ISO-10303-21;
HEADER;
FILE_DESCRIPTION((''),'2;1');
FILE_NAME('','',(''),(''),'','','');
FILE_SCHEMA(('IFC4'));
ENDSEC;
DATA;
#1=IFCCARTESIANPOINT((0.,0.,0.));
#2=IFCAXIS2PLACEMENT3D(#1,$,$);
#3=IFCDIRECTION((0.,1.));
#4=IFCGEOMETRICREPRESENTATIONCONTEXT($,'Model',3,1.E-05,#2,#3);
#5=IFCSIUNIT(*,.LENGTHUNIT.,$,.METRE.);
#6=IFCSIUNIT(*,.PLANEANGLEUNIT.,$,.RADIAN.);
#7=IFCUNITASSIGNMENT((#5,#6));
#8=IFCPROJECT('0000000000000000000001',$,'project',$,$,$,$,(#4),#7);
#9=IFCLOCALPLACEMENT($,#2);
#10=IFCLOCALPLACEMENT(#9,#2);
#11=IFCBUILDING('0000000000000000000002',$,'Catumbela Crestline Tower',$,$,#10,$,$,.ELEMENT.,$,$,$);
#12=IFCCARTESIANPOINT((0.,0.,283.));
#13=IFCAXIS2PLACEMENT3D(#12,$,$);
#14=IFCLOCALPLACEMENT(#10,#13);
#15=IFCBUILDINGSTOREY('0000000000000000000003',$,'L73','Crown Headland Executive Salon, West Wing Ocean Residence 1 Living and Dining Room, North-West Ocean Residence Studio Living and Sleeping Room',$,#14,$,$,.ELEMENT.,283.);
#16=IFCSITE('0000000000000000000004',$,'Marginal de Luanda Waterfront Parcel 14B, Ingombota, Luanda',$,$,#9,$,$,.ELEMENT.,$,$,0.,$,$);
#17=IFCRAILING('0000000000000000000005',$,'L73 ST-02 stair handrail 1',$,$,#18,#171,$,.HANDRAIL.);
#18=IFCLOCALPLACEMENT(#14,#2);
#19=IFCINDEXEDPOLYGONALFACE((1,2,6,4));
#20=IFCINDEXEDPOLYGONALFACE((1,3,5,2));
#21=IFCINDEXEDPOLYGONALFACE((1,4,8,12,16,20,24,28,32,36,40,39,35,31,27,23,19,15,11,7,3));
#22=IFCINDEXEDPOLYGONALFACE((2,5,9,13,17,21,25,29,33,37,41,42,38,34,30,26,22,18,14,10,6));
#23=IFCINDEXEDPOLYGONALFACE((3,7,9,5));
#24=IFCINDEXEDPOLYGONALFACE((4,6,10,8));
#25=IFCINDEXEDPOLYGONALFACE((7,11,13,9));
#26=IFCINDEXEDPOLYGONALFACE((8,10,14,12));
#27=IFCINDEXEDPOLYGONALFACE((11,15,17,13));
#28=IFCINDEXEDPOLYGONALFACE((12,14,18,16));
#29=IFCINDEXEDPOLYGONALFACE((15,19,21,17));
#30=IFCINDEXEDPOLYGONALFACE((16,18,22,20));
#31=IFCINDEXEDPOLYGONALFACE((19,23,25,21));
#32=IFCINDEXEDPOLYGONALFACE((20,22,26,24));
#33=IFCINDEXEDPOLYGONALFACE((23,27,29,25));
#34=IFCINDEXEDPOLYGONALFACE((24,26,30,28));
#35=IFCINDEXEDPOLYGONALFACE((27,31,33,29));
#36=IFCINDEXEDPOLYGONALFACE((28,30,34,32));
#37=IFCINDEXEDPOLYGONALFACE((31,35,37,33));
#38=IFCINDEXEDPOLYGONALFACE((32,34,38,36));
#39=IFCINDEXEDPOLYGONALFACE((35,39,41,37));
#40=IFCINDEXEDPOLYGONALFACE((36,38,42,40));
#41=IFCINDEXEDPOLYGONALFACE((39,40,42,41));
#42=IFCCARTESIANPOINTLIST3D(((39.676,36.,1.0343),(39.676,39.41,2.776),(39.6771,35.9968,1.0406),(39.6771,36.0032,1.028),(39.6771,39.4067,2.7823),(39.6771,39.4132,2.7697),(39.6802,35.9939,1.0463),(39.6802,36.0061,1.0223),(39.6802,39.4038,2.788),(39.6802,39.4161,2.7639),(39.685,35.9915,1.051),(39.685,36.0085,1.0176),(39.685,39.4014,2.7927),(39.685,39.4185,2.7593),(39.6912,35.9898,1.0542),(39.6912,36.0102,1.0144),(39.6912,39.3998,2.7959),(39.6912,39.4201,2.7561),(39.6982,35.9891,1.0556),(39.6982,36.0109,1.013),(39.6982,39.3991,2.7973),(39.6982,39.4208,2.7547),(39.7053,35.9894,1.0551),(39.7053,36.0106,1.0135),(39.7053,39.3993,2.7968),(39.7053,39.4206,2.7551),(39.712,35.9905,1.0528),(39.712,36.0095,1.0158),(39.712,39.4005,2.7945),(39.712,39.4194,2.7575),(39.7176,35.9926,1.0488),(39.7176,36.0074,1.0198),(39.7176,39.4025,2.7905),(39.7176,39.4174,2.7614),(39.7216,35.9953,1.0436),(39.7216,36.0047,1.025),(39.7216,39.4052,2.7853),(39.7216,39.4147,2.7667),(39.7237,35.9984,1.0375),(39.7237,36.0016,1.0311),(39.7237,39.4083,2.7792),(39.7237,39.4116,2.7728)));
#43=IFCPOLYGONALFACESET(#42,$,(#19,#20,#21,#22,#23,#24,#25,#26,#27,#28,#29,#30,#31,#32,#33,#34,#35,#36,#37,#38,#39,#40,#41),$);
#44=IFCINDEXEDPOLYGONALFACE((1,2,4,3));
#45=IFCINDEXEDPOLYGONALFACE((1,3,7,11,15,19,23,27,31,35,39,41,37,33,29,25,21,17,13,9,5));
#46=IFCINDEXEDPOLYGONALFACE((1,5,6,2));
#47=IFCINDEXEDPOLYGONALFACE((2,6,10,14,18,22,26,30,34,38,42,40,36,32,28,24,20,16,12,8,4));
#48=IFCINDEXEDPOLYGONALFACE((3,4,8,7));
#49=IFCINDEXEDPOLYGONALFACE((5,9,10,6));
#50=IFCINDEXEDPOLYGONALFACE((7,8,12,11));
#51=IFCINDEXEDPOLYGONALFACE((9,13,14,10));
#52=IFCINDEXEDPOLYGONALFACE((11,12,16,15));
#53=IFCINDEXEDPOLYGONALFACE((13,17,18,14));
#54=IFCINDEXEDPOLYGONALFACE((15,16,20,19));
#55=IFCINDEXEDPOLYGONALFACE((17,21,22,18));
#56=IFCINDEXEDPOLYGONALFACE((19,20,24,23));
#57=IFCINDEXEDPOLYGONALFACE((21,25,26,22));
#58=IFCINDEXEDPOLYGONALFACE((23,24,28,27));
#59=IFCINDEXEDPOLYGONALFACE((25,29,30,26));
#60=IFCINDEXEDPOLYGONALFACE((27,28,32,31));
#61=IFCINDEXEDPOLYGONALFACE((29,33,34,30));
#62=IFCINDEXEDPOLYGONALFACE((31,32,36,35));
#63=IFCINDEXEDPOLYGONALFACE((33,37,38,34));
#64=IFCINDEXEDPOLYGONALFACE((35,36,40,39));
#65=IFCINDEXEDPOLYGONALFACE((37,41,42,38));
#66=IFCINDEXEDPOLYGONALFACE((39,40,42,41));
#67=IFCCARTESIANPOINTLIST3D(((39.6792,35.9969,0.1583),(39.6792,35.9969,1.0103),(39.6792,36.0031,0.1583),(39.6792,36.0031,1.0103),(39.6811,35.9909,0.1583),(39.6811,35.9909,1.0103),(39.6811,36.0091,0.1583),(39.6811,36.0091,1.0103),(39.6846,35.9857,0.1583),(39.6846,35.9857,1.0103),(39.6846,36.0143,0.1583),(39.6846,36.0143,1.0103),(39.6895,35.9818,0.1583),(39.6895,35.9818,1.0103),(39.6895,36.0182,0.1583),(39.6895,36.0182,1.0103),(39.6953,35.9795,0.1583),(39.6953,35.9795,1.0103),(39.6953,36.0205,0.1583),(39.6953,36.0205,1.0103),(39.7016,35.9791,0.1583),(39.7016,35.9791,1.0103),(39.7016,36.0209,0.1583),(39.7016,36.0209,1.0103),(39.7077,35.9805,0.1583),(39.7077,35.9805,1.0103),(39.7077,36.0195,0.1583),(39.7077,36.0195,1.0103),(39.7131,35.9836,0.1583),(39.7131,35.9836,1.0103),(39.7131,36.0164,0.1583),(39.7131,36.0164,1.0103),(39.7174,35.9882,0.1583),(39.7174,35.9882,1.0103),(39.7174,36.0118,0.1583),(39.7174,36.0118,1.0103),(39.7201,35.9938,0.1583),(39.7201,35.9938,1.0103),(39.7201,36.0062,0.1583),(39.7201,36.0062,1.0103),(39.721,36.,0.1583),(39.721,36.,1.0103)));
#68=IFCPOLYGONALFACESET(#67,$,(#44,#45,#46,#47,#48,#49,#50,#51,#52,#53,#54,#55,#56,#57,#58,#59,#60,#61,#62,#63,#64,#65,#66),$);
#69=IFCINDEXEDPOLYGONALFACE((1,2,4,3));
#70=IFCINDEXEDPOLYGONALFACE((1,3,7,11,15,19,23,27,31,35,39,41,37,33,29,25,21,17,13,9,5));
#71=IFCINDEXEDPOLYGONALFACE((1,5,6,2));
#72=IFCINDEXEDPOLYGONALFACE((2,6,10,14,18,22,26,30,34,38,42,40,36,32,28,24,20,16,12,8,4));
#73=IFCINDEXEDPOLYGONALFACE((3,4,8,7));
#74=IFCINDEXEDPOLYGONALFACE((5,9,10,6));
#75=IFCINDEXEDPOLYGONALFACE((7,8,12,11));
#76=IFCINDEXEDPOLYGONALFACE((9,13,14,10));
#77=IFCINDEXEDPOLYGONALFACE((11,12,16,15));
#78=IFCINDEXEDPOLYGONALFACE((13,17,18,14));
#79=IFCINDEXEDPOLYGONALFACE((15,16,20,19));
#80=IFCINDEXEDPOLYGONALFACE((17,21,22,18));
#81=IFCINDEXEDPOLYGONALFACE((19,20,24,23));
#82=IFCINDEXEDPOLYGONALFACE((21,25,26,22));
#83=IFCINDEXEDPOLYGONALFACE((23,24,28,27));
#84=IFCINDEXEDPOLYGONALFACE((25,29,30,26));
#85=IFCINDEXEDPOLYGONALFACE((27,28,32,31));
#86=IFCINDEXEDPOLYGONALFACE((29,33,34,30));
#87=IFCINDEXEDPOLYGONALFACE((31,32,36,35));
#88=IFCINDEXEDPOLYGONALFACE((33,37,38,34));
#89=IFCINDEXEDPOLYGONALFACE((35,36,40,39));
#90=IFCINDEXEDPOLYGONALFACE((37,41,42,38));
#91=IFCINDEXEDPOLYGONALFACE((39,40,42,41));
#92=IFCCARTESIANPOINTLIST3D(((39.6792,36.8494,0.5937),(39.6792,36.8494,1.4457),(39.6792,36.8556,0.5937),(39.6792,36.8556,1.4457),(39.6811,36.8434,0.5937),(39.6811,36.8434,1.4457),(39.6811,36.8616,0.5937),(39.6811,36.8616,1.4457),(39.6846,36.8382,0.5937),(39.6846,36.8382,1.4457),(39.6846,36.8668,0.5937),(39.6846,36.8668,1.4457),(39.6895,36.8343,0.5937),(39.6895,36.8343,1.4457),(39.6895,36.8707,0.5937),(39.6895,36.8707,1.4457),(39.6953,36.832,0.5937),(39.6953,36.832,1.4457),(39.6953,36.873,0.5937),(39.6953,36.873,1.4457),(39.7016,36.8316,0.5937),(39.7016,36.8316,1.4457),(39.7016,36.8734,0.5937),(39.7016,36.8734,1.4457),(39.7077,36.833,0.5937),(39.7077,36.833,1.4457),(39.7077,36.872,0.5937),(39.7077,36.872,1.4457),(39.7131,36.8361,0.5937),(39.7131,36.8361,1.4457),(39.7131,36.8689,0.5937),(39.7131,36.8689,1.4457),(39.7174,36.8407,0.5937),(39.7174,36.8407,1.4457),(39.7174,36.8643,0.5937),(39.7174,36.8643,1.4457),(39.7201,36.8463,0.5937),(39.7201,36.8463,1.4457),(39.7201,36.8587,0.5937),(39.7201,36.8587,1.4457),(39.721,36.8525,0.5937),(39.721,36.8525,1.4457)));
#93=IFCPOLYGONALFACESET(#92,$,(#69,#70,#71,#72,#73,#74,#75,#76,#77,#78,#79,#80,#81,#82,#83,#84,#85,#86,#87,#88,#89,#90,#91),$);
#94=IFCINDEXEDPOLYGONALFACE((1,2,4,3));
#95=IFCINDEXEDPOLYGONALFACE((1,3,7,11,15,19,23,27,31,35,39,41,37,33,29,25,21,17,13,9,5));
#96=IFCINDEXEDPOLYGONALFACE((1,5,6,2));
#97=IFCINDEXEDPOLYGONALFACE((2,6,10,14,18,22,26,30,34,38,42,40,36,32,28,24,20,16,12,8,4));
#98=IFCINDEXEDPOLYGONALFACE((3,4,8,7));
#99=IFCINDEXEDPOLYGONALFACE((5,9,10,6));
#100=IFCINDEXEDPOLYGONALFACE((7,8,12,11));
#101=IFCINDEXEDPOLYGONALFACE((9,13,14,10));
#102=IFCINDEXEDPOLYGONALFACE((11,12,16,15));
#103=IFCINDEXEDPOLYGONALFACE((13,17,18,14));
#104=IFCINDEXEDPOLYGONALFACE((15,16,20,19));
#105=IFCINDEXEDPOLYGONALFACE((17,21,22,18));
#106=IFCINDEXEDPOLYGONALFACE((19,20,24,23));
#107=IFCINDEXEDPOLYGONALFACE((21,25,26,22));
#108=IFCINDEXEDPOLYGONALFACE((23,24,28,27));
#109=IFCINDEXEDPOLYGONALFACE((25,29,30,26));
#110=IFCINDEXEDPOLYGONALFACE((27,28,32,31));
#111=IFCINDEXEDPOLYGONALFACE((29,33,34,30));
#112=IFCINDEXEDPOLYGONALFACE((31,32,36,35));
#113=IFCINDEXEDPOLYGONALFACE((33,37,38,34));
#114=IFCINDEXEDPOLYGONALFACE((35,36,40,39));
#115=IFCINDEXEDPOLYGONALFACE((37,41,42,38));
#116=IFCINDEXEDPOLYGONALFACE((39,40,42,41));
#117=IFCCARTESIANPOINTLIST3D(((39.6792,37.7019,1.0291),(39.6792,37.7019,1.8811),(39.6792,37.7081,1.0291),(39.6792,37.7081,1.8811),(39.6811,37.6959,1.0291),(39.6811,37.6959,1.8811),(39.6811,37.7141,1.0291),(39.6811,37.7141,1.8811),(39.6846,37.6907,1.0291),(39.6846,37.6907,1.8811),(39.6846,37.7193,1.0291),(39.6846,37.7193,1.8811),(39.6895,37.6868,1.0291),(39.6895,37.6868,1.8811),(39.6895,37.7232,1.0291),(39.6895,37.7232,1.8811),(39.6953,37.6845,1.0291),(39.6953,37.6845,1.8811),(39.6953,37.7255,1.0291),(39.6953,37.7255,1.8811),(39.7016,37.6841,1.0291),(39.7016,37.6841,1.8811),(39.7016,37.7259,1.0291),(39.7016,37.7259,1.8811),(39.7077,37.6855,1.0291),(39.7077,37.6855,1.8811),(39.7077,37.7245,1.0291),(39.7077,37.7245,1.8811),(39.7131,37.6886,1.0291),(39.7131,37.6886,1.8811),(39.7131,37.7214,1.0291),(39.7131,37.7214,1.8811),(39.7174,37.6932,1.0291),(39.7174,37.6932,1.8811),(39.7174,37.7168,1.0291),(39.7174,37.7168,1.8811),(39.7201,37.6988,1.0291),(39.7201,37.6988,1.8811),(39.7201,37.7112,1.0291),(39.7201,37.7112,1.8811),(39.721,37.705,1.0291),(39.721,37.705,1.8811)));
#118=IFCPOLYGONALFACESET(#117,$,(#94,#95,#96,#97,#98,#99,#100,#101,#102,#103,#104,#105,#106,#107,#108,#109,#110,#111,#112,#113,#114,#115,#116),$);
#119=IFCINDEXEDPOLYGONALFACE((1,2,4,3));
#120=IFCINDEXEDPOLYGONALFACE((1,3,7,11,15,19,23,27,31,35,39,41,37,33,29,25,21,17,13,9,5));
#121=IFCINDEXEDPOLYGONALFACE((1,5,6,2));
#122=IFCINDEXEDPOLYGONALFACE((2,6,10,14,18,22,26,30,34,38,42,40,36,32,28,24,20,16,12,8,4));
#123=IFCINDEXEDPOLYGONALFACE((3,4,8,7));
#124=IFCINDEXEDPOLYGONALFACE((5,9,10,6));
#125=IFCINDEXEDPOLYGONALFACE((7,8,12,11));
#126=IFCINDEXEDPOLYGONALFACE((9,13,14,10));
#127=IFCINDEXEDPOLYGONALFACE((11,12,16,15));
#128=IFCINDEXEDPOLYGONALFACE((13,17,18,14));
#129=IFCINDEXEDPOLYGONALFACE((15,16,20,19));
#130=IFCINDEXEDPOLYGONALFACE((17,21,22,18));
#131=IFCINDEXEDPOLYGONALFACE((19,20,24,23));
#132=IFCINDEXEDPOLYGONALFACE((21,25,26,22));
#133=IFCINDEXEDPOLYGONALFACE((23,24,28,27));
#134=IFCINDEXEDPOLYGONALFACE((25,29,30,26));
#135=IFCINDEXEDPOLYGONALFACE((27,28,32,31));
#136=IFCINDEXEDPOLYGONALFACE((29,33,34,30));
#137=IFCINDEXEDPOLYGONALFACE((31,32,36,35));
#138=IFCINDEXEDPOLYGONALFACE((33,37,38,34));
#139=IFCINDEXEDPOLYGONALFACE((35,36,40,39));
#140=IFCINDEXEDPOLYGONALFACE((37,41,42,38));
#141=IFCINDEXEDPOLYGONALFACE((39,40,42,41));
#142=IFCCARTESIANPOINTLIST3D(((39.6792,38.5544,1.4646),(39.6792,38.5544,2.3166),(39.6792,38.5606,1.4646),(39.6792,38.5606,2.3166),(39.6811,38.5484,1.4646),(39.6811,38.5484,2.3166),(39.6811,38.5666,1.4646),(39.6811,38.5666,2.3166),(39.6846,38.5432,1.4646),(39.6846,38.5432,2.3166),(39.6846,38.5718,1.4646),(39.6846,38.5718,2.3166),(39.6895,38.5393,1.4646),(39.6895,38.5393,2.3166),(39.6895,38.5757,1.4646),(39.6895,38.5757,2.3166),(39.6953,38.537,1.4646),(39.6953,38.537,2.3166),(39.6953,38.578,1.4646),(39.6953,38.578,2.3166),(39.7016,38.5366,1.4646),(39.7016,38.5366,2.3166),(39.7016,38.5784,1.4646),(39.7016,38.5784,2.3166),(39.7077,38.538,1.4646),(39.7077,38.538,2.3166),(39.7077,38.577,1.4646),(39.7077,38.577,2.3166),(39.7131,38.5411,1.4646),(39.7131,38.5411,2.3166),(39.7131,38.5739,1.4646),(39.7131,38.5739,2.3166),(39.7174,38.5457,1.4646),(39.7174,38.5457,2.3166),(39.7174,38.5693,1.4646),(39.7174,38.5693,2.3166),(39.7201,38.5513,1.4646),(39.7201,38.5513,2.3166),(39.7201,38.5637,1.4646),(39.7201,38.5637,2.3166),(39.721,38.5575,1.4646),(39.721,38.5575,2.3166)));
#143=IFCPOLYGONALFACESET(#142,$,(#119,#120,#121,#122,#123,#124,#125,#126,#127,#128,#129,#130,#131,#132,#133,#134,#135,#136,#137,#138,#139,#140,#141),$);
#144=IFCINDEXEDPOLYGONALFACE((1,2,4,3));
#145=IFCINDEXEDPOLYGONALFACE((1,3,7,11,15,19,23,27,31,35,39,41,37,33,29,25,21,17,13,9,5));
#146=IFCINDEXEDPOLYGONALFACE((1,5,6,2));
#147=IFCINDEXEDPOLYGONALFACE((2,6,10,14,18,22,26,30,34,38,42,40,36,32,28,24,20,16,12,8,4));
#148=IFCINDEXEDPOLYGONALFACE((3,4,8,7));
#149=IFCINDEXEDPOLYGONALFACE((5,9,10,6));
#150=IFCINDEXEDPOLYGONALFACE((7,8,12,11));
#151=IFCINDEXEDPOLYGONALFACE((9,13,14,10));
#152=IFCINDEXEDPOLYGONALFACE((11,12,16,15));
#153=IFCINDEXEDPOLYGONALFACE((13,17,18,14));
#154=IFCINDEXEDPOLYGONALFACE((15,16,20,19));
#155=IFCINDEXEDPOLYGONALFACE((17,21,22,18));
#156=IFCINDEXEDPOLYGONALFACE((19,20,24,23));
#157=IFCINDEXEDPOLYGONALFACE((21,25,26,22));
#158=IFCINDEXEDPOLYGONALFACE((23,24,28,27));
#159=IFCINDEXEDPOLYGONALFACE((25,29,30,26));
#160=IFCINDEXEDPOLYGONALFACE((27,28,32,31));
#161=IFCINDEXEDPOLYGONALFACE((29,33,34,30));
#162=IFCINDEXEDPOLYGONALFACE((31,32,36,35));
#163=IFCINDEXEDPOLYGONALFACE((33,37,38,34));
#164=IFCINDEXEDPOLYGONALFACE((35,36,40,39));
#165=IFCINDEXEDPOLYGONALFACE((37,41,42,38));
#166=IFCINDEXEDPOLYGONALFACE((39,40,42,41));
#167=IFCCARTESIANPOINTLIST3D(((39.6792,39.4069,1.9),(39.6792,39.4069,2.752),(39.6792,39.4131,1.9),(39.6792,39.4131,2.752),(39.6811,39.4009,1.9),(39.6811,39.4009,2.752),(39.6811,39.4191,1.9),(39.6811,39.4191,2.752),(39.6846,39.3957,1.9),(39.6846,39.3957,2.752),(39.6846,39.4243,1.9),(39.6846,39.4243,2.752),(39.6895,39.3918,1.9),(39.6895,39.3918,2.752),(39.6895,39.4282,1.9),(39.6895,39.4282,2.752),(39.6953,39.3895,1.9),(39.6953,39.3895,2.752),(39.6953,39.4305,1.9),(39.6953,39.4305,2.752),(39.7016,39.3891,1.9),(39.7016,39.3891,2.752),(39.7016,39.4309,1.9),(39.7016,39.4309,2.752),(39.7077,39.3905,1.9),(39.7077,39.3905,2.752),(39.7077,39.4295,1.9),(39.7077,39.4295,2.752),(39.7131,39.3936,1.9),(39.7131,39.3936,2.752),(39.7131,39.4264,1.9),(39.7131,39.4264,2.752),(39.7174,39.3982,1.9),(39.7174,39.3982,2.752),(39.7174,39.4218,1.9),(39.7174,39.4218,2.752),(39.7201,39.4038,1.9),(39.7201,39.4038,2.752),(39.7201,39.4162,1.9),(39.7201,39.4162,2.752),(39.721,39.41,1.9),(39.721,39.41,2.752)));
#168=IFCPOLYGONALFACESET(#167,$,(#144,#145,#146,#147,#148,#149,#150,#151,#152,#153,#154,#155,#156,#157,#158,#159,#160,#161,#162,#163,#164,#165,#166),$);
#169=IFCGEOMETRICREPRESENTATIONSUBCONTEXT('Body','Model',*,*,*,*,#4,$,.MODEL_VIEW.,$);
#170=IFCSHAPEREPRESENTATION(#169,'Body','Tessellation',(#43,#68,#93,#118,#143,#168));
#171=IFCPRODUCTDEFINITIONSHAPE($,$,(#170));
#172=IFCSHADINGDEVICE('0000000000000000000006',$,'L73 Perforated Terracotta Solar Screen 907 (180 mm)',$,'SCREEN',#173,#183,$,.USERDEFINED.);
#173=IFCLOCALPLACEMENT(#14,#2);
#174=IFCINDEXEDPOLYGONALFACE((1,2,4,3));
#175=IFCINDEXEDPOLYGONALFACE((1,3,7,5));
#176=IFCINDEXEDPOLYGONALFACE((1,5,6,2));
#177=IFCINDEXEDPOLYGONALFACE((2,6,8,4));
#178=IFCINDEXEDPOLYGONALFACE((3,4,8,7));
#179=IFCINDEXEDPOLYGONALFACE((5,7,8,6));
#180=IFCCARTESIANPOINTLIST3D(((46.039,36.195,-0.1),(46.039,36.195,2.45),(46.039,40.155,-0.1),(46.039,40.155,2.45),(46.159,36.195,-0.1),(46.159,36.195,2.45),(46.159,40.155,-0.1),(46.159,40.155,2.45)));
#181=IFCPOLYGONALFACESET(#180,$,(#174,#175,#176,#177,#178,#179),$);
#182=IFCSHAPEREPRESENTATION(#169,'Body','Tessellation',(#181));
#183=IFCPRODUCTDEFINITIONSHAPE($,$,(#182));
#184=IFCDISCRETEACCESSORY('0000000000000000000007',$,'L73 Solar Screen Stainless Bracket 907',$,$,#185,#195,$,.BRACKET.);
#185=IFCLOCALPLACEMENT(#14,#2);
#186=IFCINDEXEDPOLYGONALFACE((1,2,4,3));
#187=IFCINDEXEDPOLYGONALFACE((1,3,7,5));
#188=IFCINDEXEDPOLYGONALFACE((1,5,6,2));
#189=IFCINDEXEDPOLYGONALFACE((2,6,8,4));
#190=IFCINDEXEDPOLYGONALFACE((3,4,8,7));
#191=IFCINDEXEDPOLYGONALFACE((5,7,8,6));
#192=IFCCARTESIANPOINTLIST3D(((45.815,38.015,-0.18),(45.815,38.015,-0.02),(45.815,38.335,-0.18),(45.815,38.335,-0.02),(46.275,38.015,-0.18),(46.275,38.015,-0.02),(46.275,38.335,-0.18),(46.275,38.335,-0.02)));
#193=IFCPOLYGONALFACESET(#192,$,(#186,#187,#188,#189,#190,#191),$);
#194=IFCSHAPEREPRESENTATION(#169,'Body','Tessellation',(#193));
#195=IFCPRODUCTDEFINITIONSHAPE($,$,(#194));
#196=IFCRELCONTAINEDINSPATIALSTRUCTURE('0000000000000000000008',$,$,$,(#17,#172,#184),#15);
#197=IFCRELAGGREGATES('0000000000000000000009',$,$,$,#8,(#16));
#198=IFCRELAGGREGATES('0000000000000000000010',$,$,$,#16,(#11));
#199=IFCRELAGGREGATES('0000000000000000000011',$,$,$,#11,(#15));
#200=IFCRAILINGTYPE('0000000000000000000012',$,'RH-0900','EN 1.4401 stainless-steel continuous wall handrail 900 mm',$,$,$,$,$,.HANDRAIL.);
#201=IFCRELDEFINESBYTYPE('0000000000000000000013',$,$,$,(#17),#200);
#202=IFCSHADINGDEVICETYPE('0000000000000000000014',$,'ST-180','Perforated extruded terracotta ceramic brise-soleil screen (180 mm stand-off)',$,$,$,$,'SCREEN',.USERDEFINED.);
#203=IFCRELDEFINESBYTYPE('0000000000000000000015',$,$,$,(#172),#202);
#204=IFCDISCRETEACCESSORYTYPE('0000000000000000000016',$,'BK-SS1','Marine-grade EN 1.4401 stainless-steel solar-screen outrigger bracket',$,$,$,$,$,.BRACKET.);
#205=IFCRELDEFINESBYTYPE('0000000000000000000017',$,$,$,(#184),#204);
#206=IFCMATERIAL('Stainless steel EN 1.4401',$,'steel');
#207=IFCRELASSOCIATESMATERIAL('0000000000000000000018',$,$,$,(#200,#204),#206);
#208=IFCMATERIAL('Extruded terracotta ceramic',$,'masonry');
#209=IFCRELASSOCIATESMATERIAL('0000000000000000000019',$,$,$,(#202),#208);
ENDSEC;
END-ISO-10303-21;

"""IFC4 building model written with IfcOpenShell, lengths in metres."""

from ifc_helpers import new_model, si_unit, direction, frame, origin, origin_2d, place, context, subcontext, project, spatial, rectangle, circle, extrude, material, type_object, element, save


model = new_model("IFC4")

# Units and contexts
model_context = context("Model", 3, precision=1e-05, world=origin(), true_north=direction((0.0, 1.0)))
body_context = subcontext(model_context, "Body", "Model", "MODEL_VIEW")
ifc_project = project(units=[si_unit("LENGTHUNIT", "METRE"), si_unit("PLANEANGLEUNIT", "RADIAN")], contexts=[model_context])

# Site, building, storey
site_placement = place(None, origin())
site = spatial("IfcSite", under=ifc_project, at=site_placement, Name="Marginal de Luanda Waterfront Parcel 14B, Ingombota, Luanda", CompositionType="ELEMENT", RefElevation=0.0)
building_placement = place(site_placement, origin())
building = spatial("IfcBuilding", under=site, at=building_placement, Name="Catumbela Crestline Tower", CompositionType="ELEMENT")
storey_placement = place(building_placement, frame((0.0, 0.0, 283.0)))
storey = spatial("IfcBuildingStorey", under=building, at=storey_placement, Name="L73", Description="Crown Headland Executive Salon, West Wing Ocean Residence 1 Living and Dining Room, North-West Ocean Residence Studio Living and Sleeping Room", CompositionType="ELEMENT", Elevation=283.0)

# Railing
ifc_material_1 = material(Name="Stainless steel EN 1.4401", Category="steel")
railing_type_1 = type_object("IfcRailingType", Name="RH-0900", Description="EN 1.4401 stainless-steel continuous wall handrail 900 mm", PredefinedType="HANDRAIL", material=ifc_material_1)
railing_1_placement = place(storey_placement, frame((39.7, 36.0, 0.1583)))
element("IfcRailing", 1, at=railing_1_placement, inside=storey, type_object=railing_type_1, Name="L73 ST-02 stair handrail 1", PredefinedType="HANDRAIL", context=body_context, shape_type="SweptSolid", body=[
    extrude(circle(Radius=0.024, at=origin_2d()), frame((0.0, 0.0, 0.876), z_axis=(0.0, 0.89056, 0.454865), x_axis=(-1.0, 0.0, 0.0)), (0.0, 0.0, 1.0), 3.829),
    extrude(circle(Radius=0.021, at=origin_2d()), origin(), (0.0, 0.0, 1.0), 0.852),
    extrude(circle(Radius=0.021, at=origin_2d()), frame((0.0, 0.8525, 0.4354)), (0.0, 0.0, 1.0), 0.852),
    extrude(circle(Radius=0.021, at=origin_2d()), frame((0.0, 1.705, 0.8708)), (0.0, 0.0, 1.0), 0.852),
    extrude(circle(Radius=0.021, at=origin_2d()), frame((0.0, 2.5575, 1.3063)), (0.0, 0.0, 1.0), 0.852),
    extrude(circle(Radius=0.021, at=origin_2d()), frame((0.0, 3.41, 1.7417)), (0.0, 0.0, 1.0), 0.852),
])

# Shading device
ifc_material_2 = material(Name="Extruded terracotta ceramic", Category="masonry")
shading_device_type = type_object("IfcShadingDeviceType", Name="ST-180", Description="Perforated extruded terracotta ceramic brise-soleil screen (180 mm stand-off)", ElementType="SCREEN", PredefinedType="USERDEFINED", material=ifc_material_2)
shading_device_placement = place(storey_placement, frame((46.099, 38.175, -0.1), z_axis=(0.0, 0.0, 1.0), x_axis=(0.0, 1.0, 0.0)))
element("IfcShadingDevice", 2, at=shading_device_placement, inside=storey, type_object=shading_device_type, Name="L73 Perforated Terracotta Solar Screen 907 (180 mm)", ObjectType="SCREEN", PredefinedType="USERDEFINED", context=body_context, shape_type="SweptSolid", body=[
    extrude(rectangle(XDim=3.96, YDim=0.12, at=origin_2d()), origin(), (0.0, 0.0, 1.0), 2.55),
])

# Discrete accessory
discrete_accessory_type = type_object("IfcDiscreteAccessoryType", Name="BK-SS1", Description="Marine-grade EN 1.4401 stainless-steel solar-screen outrigger bracket", PredefinedType="BRACKET", material=ifc_material_1)
discrete_accessory_placement = place(storey_placement, frame((46.045, 38.175, -0.18), z_axis=(0.0, 0.0, 1.0), x_axis=(0.0, 1.0, 0.0)))
element("IfcDiscreteAccessory", 3, at=discrete_accessory_placement, inside=storey, type_object=discrete_accessory_type, Name="L73 Solar Screen Stainless Bracket 907", PredefinedType="BRACKET", context=body_context, shape_type="SweptSolid", body=[
    extrude(rectangle(XDim=0.32, YDim=0.46, at=origin_2d()), origin(), (0.0, 0.0, 1.0), 0.16),
])

save(model, "model.ifc")
